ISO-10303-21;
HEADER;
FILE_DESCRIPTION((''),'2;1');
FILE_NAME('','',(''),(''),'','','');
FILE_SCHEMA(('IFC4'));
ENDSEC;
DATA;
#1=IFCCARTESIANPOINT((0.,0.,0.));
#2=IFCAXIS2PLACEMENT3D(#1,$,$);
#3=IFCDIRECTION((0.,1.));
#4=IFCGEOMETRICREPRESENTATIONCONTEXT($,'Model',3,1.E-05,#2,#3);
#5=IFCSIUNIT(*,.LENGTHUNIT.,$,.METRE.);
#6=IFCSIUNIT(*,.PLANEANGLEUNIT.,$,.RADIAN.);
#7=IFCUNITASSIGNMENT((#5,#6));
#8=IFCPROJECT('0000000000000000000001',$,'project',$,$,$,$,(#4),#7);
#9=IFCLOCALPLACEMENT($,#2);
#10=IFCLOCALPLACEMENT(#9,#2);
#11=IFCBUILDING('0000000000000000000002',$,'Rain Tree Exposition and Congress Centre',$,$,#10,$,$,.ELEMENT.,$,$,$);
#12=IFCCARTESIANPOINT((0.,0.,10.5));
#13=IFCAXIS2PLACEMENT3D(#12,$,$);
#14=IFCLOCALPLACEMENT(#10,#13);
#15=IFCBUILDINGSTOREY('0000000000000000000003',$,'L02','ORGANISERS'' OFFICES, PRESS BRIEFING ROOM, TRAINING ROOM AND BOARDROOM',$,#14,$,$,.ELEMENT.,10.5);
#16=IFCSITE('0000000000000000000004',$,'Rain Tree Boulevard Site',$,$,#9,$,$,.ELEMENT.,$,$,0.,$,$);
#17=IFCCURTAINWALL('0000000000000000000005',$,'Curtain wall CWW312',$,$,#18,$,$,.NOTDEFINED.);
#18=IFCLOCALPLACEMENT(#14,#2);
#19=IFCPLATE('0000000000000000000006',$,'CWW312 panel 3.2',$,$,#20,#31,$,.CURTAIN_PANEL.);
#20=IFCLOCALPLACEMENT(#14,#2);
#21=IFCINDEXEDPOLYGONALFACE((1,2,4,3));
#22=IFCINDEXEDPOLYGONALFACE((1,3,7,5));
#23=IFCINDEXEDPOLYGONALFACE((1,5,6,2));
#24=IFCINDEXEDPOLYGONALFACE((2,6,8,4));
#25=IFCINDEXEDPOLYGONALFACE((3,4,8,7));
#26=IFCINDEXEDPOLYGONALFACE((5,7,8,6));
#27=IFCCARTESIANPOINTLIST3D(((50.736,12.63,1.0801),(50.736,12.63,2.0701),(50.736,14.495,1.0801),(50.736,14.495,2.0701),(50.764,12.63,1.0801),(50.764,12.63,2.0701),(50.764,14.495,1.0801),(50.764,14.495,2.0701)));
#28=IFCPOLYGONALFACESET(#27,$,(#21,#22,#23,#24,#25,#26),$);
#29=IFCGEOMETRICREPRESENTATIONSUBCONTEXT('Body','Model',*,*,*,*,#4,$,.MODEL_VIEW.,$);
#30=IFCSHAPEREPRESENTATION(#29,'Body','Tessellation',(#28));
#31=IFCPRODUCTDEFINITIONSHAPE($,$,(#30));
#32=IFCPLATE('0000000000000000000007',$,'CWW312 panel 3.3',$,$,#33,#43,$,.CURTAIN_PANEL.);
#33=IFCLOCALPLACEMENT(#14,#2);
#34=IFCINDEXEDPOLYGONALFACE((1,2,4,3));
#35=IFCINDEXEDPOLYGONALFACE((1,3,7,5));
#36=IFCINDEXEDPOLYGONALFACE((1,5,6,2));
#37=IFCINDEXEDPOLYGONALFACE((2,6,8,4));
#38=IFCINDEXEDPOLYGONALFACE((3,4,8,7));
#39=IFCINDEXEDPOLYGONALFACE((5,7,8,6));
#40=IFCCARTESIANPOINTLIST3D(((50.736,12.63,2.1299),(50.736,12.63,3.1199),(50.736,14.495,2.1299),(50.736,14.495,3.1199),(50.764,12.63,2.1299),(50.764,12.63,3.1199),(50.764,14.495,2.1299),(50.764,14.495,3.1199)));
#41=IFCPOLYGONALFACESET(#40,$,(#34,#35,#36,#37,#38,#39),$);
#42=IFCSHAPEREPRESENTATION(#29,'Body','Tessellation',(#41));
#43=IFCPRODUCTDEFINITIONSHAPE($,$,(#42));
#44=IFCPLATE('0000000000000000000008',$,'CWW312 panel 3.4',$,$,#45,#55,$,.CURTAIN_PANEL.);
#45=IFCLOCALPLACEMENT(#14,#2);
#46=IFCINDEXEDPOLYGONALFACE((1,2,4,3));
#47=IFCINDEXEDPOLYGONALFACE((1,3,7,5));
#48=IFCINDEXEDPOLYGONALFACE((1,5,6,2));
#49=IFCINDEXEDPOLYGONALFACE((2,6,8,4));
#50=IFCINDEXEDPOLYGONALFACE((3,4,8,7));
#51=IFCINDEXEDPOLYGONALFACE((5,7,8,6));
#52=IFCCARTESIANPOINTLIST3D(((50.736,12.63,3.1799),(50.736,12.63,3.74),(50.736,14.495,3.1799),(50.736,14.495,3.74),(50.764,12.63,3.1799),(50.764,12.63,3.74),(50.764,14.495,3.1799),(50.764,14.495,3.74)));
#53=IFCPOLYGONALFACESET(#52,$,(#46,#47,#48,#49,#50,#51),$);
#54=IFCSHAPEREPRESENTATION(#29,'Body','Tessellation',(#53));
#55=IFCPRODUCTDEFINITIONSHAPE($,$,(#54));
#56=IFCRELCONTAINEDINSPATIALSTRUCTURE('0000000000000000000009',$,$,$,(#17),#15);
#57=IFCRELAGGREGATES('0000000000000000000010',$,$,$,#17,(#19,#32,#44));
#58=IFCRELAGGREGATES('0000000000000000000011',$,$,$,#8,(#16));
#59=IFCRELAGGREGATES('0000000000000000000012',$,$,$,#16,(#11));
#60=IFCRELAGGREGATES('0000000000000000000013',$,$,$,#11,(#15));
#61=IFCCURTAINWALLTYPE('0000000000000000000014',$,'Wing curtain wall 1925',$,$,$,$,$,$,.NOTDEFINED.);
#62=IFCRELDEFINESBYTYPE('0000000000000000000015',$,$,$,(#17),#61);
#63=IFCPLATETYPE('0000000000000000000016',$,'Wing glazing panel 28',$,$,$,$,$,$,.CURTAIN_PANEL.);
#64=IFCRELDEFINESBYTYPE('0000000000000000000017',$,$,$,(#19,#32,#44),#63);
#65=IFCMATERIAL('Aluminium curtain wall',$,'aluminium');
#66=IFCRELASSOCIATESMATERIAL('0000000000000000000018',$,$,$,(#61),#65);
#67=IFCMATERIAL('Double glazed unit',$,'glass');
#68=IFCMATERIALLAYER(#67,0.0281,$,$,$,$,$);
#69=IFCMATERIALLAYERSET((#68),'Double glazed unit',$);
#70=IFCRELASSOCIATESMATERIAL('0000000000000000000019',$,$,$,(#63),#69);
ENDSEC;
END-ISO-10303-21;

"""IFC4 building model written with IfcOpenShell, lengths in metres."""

from ifc_helpers import new_model, si_unit, direction, frame, origin, origin_2d, place, context, subcontext, project, spatial, rectangle, extrude, material, layer, layer_set, type_object, element, aggregate, save


model = new_model("IFC4")

# Units and contexts
model_context = context("Model", 3, precision=1e-05, world=origin(), true_north=direction((0.0, 1.0)))
body_context = subcontext(model_context, "Body", "Model", "MODEL_VIEW")
ifc_project = project(units=[si_unit("LENGTHUNIT", "METRE"), si_unit("PLANEANGLEUNIT", "RADIAN")], contexts=[model_context])

# Site, building, storey
site_placement = place(None, origin())
site = spatial("IfcSite", under=ifc_project, at=site_placement, Name="Rain Tree Boulevard Site", CompositionType="ELEMENT", RefElevation=0.0)
building_placement = place(site_placement, origin())
building = spatial("IfcBuilding", under=site, at=building_placement, Name="Rain Tree Exposition and Congress Centre", CompositionType="ELEMENT")
storey_placement = place(building_placement, frame((0.0, 0.0, 10.5)))
storey = spatial("IfcBuildingStorey", under=building, at=storey_placement, Name="L02", Description="ORGANISERS' OFFICES, PRESS BRIEFING ROOM, TRAINING ROOM AND BOARDROOM", CompositionType="ELEMENT", Elevation=10.5)

# Curtain wall, plates
ifc_material_1 = material(Name="Aluminium curtain wall", Category="aluminium")
curtain_wall_type = type_object("IfcCurtainWallType", Name="Wing curtain wall 1925", PredefinedType="NOTDEFINED", material=ifc_material_1)
curtain_wall_placement = place(storey_placement, origin())
curtain_wall = element("IfcCurtainWall", 1, at=curtain_wall_placement, inside=storey, type_object=curtain_wall_type, Name="Curtain wall CWW312", PredefinedType="NOTDEFINED")
ifc_material_2 = material(Name="Double glazed unit", Category="glass")
ifc_layer = layer(ifc_material_2, 0.0281)
ifc_layer_set = layer_set([ifc_layer], Name="Double glazed unit")
plate_type = type_object("IfcPlateType", Name="Wing glazing panel 28", PredefinedType="CURTAIN_PANEL", material=ifc_layer_set)
plate_1_placement = place(storey_placement, frame((50.75, 13.5625, 1.0801), z_axis=(0.0, 0.0, 1.0), x_axis=(0.0, 1.0, 0.0)))
plate_1 = element("IfcPlate", 2, at=plate_1_placement, type_object=plate_type, Name="CWW312 panel 3.2", PredefinedType="CURTAIN_PANEL", context=body_context, shape_type="SweptSolid", body=[
    extrude(rectangle(XDim=1.865, YDim=0.0281, at=origin_2d()), origin(), (0.0, 0.0, 1.0), 0.99),
])
plate_2_placement = place(storey_placement, frame((50.75, 13.5625, 2.1299), z_axis=(0.0, 0.0, 1.0), x_axis=(0.0, 1.0, 0.0)))
plate_2 = element("IfcPlate", 3, at=plate_2_placement, type_object=plate_type, Name="CWW312 panel 3.3", PredefinedType="CURTAIN_PANEL", context=body_context, shape_type="SweptSolid", body=[
    extrude(rectangle(XDim=1.865, YDim=0.0281, at=origin_2d()), origin(), (0.0, 0.0, 1.0), 0.99),
])
plate_3_placement = place(storey_placement, frame((50.75, 13.5625, 3.1799), z_axis=(0.0, 0.0, 1.0), x_axis=(0.0, 1.0, 0.0)))
plate_3 = element("IfcPlate", 4, at=plate_3_placement, type_object=plate_type, Name="CWW312 panel 3.4", PredefinedType="CURTAIN_PANEL", context=body_context, shape_type="SweptSolid", body=[
    extrude(rectangle(XDim=1.865, YDim=0.0281, at=origin_2d()), origin(), (0.0, 0.0, 1.0), 0.5601),
])
aggregate(curtain_wall, [plate_1, plate_2, plate_3])

save(model, "model.ifc")
